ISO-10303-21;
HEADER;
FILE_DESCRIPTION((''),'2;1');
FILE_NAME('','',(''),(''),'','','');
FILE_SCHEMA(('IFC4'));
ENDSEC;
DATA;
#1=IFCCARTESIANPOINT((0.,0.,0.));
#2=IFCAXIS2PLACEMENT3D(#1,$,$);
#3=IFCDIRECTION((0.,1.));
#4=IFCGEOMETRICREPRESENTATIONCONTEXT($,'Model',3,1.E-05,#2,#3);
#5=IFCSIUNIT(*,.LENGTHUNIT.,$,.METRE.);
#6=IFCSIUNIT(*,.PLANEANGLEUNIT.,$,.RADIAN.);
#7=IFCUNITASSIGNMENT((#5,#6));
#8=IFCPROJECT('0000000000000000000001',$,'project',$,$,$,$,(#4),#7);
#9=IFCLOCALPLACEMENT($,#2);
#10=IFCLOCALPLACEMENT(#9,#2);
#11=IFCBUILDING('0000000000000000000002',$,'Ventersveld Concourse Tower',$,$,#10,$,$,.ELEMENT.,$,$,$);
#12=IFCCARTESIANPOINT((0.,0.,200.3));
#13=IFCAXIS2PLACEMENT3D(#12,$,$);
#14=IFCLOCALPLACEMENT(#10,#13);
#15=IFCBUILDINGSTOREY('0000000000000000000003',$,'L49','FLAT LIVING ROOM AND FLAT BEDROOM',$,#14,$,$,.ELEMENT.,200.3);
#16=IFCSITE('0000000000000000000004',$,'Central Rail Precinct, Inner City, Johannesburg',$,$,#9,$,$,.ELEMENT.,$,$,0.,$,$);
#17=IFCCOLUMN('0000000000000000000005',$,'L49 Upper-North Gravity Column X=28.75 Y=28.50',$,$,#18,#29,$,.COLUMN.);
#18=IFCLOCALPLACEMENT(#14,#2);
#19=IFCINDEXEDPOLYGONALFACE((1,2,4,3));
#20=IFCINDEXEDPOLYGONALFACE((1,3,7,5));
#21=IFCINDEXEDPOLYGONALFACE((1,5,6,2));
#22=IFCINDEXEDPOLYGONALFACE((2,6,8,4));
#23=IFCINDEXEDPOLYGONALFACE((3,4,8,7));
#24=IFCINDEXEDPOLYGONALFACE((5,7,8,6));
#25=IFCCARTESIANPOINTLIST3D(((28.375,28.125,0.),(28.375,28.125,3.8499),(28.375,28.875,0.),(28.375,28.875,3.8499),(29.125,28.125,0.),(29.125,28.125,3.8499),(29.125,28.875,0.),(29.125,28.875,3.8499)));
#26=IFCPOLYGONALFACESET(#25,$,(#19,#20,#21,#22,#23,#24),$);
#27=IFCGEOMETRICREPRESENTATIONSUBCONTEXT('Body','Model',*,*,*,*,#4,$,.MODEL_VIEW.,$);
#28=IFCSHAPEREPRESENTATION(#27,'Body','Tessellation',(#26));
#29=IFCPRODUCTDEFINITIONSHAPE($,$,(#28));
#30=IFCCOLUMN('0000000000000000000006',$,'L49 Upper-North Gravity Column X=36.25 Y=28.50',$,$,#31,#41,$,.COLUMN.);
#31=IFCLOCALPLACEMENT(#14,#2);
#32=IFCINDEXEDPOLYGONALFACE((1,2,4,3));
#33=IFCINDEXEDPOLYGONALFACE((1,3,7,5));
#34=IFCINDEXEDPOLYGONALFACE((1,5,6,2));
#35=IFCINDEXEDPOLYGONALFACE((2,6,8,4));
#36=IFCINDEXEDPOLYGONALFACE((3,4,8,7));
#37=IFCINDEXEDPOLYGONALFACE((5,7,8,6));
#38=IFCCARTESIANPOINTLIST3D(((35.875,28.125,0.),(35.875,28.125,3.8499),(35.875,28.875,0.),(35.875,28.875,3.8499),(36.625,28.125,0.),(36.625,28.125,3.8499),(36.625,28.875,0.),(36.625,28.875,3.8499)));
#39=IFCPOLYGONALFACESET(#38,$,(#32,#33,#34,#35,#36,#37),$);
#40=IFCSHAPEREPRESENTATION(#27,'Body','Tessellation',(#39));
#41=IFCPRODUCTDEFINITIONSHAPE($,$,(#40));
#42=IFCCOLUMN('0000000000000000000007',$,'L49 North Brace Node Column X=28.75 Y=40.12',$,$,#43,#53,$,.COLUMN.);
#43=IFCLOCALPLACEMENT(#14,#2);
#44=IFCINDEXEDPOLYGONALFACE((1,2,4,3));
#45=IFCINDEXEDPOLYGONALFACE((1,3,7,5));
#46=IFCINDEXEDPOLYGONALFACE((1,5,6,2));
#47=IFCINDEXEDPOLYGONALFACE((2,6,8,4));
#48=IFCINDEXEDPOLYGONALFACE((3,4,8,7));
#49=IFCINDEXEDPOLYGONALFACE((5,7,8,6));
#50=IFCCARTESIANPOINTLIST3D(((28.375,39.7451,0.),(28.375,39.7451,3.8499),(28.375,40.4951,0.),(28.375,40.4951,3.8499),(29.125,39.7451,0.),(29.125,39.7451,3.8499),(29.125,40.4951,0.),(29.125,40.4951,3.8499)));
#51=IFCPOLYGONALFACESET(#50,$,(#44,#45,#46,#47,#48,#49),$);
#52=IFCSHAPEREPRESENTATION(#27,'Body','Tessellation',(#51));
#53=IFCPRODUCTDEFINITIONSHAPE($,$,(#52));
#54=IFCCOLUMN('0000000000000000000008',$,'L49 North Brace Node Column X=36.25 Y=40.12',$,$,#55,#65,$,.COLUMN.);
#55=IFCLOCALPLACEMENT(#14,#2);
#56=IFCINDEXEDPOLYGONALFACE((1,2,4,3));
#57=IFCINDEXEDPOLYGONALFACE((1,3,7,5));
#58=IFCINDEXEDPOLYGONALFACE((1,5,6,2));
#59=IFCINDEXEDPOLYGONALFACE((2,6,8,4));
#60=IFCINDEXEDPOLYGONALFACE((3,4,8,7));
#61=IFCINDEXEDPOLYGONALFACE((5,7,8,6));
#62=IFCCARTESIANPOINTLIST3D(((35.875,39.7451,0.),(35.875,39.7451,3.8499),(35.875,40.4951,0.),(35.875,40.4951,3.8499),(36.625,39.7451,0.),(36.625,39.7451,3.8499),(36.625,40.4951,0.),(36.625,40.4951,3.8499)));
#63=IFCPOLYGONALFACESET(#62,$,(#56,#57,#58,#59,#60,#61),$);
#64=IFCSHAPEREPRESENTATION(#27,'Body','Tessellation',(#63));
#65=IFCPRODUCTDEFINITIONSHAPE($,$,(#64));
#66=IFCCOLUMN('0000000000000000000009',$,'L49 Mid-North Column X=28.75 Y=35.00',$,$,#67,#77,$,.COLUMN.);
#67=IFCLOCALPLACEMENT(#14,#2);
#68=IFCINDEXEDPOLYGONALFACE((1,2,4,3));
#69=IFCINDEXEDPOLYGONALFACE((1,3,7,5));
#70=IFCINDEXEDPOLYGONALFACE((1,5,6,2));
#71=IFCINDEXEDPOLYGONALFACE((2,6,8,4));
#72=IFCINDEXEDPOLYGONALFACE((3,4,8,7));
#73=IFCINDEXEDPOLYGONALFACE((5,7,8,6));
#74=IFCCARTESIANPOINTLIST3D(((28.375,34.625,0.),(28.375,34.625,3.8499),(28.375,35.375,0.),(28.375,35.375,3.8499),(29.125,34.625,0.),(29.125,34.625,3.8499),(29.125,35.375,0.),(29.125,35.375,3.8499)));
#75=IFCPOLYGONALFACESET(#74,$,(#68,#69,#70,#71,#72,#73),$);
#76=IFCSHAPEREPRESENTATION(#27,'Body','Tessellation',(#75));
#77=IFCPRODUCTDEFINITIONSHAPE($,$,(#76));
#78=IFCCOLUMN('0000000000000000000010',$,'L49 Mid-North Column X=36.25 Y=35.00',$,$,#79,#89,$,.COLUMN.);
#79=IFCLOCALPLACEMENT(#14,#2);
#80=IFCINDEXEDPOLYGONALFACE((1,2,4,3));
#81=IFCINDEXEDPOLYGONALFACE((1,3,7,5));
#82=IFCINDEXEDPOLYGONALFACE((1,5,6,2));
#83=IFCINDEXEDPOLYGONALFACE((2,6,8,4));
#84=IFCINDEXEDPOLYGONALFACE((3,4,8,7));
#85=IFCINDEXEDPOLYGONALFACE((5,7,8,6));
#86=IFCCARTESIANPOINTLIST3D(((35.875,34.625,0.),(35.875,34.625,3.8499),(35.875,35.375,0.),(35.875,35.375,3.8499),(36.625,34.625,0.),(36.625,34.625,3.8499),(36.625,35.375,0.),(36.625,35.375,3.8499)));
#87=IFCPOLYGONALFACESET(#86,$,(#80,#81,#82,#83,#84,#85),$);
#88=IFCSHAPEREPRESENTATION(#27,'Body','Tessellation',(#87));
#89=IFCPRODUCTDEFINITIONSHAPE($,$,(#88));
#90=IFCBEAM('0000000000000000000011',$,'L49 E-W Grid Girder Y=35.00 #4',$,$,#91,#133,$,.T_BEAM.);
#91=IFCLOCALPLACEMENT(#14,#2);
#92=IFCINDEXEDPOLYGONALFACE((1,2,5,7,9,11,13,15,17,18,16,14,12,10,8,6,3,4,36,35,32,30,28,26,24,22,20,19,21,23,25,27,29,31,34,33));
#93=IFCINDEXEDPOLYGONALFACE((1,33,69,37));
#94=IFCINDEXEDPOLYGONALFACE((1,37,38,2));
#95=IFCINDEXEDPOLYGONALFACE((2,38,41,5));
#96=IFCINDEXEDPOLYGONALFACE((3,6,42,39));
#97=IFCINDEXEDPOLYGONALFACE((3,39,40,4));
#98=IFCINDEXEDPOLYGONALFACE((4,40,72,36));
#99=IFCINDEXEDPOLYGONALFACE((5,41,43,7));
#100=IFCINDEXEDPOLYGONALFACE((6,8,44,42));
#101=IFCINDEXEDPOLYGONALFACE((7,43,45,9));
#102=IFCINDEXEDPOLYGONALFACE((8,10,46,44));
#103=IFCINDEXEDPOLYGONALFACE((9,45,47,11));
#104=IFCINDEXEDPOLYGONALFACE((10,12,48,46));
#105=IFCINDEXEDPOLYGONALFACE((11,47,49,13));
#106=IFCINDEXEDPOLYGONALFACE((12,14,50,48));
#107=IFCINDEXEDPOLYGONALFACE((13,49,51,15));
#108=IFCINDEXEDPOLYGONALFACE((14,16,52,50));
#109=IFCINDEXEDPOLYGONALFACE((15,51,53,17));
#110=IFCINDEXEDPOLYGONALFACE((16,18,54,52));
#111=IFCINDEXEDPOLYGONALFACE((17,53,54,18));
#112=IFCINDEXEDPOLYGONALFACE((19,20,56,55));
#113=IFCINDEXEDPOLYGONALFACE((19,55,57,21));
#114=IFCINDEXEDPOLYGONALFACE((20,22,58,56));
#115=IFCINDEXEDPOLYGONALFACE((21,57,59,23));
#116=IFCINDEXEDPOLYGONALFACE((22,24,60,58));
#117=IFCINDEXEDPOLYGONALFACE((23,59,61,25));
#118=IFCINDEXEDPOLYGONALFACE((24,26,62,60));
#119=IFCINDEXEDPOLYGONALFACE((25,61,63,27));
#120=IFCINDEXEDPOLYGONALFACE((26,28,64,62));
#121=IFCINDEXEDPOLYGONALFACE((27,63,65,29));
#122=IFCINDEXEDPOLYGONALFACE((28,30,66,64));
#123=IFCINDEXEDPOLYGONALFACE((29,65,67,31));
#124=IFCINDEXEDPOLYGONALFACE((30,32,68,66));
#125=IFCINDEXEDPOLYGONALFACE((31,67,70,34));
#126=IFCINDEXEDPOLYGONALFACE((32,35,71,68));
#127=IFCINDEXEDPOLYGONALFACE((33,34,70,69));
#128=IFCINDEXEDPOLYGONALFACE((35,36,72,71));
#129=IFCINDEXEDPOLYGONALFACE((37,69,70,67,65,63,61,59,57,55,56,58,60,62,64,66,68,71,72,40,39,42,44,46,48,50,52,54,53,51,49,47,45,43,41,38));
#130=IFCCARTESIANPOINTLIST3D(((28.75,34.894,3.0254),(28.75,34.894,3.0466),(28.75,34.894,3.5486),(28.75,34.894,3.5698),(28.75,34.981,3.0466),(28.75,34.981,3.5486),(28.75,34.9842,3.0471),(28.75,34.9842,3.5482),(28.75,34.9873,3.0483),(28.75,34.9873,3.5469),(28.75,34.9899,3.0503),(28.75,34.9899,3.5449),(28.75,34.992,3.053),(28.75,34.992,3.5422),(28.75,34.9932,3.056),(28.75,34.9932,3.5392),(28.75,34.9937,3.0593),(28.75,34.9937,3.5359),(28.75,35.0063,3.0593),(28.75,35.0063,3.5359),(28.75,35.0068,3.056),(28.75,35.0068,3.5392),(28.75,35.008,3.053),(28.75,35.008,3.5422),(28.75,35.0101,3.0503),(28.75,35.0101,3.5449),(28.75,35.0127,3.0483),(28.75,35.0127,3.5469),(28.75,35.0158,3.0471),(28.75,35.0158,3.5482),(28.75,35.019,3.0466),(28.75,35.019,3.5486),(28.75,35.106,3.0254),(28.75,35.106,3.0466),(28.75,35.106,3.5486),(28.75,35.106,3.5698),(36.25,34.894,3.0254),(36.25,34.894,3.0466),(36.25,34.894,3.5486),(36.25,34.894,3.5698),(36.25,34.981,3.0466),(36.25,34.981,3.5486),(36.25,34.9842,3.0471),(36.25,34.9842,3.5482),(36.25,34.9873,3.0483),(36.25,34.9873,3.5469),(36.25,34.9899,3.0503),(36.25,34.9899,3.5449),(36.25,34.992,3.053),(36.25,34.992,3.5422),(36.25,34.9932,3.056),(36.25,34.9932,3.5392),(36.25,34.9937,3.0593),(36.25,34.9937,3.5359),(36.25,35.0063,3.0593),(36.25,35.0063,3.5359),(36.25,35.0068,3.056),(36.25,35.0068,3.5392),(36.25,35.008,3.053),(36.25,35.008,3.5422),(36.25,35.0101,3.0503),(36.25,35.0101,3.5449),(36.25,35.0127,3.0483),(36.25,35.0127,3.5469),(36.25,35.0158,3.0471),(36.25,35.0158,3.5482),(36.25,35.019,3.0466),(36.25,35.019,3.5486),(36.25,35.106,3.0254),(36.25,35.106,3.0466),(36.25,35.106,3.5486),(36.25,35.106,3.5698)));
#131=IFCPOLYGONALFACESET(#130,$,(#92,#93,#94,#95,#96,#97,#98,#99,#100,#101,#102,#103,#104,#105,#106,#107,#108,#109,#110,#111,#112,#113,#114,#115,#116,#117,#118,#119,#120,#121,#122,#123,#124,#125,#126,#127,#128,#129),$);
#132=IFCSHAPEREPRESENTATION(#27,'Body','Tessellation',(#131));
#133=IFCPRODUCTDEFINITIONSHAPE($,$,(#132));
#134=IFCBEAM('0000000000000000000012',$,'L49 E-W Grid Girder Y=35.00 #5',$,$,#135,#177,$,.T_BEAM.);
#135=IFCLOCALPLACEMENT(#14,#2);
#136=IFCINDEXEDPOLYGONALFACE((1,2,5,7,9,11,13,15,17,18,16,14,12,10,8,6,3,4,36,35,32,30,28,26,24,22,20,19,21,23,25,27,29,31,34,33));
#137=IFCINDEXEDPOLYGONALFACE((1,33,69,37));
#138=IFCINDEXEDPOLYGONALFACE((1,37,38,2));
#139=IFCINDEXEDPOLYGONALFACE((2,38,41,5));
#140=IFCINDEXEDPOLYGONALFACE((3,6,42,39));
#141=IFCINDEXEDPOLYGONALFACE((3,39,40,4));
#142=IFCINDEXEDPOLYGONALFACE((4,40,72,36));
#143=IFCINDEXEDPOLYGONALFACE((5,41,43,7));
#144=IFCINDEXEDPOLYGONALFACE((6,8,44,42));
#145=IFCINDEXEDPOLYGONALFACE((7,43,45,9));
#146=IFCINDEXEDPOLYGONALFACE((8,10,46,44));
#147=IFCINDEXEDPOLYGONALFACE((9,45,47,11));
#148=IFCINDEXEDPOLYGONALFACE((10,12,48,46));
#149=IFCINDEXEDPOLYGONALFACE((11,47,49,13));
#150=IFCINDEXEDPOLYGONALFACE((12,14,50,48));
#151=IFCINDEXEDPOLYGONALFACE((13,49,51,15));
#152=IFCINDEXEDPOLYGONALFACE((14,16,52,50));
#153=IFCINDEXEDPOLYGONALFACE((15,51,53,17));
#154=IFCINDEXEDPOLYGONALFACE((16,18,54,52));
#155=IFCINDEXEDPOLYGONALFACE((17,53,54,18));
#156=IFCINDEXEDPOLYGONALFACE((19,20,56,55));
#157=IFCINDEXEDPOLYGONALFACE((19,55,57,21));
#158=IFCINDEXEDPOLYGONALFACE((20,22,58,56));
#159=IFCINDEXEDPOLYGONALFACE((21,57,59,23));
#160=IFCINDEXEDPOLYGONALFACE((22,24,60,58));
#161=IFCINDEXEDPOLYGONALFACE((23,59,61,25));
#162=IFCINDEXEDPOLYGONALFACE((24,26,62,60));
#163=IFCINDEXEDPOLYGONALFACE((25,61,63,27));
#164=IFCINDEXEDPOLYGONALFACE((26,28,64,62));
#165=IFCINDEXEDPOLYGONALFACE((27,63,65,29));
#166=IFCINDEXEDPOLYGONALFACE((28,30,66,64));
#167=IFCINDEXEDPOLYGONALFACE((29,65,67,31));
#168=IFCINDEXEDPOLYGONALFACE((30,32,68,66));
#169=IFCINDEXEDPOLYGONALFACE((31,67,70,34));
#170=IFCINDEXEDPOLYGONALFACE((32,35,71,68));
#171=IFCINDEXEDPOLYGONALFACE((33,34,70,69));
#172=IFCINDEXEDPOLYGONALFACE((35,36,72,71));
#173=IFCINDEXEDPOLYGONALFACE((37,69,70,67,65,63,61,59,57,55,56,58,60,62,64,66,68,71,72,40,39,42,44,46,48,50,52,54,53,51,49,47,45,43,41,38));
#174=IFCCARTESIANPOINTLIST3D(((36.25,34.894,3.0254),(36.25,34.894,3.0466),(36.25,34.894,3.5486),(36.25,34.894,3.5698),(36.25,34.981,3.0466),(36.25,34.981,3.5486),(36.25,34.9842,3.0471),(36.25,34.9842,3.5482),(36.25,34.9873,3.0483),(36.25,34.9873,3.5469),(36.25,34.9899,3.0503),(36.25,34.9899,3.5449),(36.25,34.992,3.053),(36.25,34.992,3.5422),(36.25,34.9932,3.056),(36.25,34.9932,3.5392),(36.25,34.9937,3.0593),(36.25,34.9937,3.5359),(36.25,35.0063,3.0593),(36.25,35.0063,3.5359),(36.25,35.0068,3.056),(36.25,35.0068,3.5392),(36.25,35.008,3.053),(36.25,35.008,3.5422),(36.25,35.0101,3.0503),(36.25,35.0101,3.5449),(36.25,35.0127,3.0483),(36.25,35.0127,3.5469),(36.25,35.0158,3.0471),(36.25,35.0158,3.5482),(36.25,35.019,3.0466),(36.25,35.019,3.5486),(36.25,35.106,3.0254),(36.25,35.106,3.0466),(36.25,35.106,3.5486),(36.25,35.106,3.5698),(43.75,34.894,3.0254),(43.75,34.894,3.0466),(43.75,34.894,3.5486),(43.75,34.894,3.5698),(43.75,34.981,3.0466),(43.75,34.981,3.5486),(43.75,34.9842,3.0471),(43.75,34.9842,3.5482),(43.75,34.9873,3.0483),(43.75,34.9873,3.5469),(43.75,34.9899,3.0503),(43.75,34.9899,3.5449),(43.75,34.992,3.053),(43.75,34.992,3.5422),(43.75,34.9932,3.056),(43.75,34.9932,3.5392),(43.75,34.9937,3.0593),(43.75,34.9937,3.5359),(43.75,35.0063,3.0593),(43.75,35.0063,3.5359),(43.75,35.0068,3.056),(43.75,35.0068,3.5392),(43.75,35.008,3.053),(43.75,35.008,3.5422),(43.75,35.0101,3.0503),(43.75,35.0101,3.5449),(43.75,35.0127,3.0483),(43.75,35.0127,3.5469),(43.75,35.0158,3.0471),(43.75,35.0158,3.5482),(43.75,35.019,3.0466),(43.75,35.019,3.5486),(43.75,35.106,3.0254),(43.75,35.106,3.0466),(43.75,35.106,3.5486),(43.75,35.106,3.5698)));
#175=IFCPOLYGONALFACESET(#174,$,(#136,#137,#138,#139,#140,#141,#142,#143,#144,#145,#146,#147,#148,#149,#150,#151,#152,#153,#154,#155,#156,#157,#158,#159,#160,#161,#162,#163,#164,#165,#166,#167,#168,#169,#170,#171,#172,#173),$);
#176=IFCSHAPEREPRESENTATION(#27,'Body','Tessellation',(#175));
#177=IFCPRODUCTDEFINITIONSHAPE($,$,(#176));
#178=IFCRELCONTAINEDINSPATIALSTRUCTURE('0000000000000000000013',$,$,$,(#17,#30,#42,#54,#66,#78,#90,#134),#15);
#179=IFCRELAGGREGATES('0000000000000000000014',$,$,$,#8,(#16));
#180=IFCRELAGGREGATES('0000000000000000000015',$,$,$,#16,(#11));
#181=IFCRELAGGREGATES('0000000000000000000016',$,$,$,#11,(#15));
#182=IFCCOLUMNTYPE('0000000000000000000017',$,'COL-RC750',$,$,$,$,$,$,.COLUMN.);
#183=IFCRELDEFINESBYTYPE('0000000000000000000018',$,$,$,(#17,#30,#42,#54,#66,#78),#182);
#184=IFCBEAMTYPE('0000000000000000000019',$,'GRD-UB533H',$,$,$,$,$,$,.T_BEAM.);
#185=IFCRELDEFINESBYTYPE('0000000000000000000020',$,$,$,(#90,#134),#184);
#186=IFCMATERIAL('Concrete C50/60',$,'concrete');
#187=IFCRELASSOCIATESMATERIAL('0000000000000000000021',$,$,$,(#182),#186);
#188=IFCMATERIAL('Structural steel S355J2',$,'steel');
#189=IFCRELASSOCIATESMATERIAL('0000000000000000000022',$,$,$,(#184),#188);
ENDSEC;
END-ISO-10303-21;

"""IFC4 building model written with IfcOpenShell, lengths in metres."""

from ifc_helpers import new_model, si_unit, direction, frame, origin, origin_2d, place, context, subcontext, project, spatial, rectangle, i_section, extrude, material, material_profile, profile_set, type_object, element, save


model = new_model("IFC4")

# Units and contexts
model_context = context("Model", 3, precision=1e-05, world=origin(), true_north=direction((0.0, 1.0)))
body_context = subcontext(model_context, "Body", "Model", "MODEL_VIEW")
ifc_project = project(units=[si_unit("LENGTHUNIT", "METRE"), si_unit("PLANEANGLEUNIT", "RADIAN")], contexts=[model_context])

# Site, building, storey
site_placement = place(None, origin())
site = spatial("IfcSite", under=ifc_project, at=site_placement, Name="Central Rail Precinct, Inner City, Johannesburg", CompositionType="ELEMENT", RefElevation=0.0)
building_placement = place(site_placement, origin())
building = spatial("IfcBuilding", under=site, at=building_placement, Name="Ventersveld Concourse Tower", CompositionType="ELEMENT")
storey_placement = place(building_placement, frame((0.0, 0.0, 200.3)))
storey = spatial("IfcBuildingStorey", under=building, at=storey_placement, Name="L49", Description="FLAT LIVING ROOM AND FLAT BEDROOM", CompositionType="ELEMENT", Elevation=200.3)

# Columns
ifc_material_1 = material(Name="Concrete C50/60", Category="concrete")
ifc_material_profile_1 = material_profile(ifc_material_1, rectangle(XDim=0.75, YDim=0.75, at=origin_2d()), Name="RC 750x750")
ifc_profile_set_1 = profile_set([ifc_material_profile_1], Name="Concrete C50/60")
column_type = type_object("IfcColumnType", Name="COL-RC750", PredefinedType="COLUMN", material=ifc_profile_set_1)
for number, where, z_axis, x_axis, name in (
    (1, (28.75, 28.5, 0.0), (0.0, 0.0, 1.0), (1.0, 0.0, 0.0), "L49 Upper-North Gravity Column X=28.75 Y=28.50"),
    (2, (36.25, 28.5, 0.0), (0.0, 0.0, 1.0), (1.0, 0.0, 0.0), "L49 Upper-North Gravity Column X=36.25 Y=28.50"),
    (3, (28.75, 40.1201, 0.0), (0.0, 0.0, 1.0), (1.0, 0.0, 0.0), "L49 North Brace Node Column X=28.75 Y=40.12"),
    (4, (36.25, 40.1201, 0.0), (0.0, 0.0, 1.0), (1.0, 0.0, 0.0), "L49 North Brace Node Column X=36.25 Y=40.12"),
    (5, (28.75, 35.0, 0.0), (0.0, 0.0, 1.0), (1.0, 0.0, 0.0), "L49 Mid-North Column X=28.75 Y=35.00"),
    (6, (36.25, 35.0, 0.0), (0.0, 0.0, 1.0), (1.0, 0.0, 0.0), "L49 Mid-North Column X=36.25 Y=35.00"),
):
    element("IfcColumn", number, at=place(storey_placement, frame(where, z_axis=z_axis, x_axis=x_axis)), inside=storey, type_object=column_type, Name=name, PredefinedType="COLUMN", context=body_context, shape_type="SweptSolid", body=[
        extrude(rectangle(XDim=0.75, YDim=0.75, at=origin_2d()), origin(), (0.0, 0.0, 1.0), 3.8499),
    ])

# Beams
ifc_material_2 = material(Name="Structural steel S355J2", Category="steel")
ifc_material_profile_2 = material_profile(ifc_material_2, i_section(OverallWidth=0.2119, OverallDepth=0.5444, WebThickness=0.0127, FlangeThickness=0.0212, FilletRadius=0.0127, at=origin_2d()), Name="UB 533x210x122")
ifc_profile_set_2 = profile_set([ifc_material_profile_2], Name="Structural steel S355J2")
beam_type_1 = type_object("IfcBeamType", Name="GRD-UB533H", PredefinedType="T_BEAM", material=ifc_profile_set_2)
for number, where, z_axis, x_axis, name in (
    (7, (28.75, 35.0, 3.2976), (1.0, 0.0, 0.0), (0.0, 1.0, 0.0), "L49 E-W Grid Girder Y=35.00 #4"),
    (8, (36.25, 35.0, 3.2976), (1.0, 0.0, 0.0), (0.0, 1.0, 0.0), "L49 E-W Grid Girder Y=35.00 #5"),
):
    element("IfcBeam", number, at=place(storey_placement, frame(where, z_axis=z_axis, x_axis=x_axis)), inside=storey, type_object=beam_type_1, Name=name, PredefinedType="T_BEAM", context=body_context, shape_type="SweptSolid", body=[
        extrude(i_section(OverallWidth=0.2119, OverallDepth=0.5444, WebThickness=0.0127, FlangeThickness=0.0212, FilletRadius=0.0127, at=origin_2d()), origin(), (0.0, 0.0, 1.0), 7.5),
    ])

save(model, "model.ifc")
